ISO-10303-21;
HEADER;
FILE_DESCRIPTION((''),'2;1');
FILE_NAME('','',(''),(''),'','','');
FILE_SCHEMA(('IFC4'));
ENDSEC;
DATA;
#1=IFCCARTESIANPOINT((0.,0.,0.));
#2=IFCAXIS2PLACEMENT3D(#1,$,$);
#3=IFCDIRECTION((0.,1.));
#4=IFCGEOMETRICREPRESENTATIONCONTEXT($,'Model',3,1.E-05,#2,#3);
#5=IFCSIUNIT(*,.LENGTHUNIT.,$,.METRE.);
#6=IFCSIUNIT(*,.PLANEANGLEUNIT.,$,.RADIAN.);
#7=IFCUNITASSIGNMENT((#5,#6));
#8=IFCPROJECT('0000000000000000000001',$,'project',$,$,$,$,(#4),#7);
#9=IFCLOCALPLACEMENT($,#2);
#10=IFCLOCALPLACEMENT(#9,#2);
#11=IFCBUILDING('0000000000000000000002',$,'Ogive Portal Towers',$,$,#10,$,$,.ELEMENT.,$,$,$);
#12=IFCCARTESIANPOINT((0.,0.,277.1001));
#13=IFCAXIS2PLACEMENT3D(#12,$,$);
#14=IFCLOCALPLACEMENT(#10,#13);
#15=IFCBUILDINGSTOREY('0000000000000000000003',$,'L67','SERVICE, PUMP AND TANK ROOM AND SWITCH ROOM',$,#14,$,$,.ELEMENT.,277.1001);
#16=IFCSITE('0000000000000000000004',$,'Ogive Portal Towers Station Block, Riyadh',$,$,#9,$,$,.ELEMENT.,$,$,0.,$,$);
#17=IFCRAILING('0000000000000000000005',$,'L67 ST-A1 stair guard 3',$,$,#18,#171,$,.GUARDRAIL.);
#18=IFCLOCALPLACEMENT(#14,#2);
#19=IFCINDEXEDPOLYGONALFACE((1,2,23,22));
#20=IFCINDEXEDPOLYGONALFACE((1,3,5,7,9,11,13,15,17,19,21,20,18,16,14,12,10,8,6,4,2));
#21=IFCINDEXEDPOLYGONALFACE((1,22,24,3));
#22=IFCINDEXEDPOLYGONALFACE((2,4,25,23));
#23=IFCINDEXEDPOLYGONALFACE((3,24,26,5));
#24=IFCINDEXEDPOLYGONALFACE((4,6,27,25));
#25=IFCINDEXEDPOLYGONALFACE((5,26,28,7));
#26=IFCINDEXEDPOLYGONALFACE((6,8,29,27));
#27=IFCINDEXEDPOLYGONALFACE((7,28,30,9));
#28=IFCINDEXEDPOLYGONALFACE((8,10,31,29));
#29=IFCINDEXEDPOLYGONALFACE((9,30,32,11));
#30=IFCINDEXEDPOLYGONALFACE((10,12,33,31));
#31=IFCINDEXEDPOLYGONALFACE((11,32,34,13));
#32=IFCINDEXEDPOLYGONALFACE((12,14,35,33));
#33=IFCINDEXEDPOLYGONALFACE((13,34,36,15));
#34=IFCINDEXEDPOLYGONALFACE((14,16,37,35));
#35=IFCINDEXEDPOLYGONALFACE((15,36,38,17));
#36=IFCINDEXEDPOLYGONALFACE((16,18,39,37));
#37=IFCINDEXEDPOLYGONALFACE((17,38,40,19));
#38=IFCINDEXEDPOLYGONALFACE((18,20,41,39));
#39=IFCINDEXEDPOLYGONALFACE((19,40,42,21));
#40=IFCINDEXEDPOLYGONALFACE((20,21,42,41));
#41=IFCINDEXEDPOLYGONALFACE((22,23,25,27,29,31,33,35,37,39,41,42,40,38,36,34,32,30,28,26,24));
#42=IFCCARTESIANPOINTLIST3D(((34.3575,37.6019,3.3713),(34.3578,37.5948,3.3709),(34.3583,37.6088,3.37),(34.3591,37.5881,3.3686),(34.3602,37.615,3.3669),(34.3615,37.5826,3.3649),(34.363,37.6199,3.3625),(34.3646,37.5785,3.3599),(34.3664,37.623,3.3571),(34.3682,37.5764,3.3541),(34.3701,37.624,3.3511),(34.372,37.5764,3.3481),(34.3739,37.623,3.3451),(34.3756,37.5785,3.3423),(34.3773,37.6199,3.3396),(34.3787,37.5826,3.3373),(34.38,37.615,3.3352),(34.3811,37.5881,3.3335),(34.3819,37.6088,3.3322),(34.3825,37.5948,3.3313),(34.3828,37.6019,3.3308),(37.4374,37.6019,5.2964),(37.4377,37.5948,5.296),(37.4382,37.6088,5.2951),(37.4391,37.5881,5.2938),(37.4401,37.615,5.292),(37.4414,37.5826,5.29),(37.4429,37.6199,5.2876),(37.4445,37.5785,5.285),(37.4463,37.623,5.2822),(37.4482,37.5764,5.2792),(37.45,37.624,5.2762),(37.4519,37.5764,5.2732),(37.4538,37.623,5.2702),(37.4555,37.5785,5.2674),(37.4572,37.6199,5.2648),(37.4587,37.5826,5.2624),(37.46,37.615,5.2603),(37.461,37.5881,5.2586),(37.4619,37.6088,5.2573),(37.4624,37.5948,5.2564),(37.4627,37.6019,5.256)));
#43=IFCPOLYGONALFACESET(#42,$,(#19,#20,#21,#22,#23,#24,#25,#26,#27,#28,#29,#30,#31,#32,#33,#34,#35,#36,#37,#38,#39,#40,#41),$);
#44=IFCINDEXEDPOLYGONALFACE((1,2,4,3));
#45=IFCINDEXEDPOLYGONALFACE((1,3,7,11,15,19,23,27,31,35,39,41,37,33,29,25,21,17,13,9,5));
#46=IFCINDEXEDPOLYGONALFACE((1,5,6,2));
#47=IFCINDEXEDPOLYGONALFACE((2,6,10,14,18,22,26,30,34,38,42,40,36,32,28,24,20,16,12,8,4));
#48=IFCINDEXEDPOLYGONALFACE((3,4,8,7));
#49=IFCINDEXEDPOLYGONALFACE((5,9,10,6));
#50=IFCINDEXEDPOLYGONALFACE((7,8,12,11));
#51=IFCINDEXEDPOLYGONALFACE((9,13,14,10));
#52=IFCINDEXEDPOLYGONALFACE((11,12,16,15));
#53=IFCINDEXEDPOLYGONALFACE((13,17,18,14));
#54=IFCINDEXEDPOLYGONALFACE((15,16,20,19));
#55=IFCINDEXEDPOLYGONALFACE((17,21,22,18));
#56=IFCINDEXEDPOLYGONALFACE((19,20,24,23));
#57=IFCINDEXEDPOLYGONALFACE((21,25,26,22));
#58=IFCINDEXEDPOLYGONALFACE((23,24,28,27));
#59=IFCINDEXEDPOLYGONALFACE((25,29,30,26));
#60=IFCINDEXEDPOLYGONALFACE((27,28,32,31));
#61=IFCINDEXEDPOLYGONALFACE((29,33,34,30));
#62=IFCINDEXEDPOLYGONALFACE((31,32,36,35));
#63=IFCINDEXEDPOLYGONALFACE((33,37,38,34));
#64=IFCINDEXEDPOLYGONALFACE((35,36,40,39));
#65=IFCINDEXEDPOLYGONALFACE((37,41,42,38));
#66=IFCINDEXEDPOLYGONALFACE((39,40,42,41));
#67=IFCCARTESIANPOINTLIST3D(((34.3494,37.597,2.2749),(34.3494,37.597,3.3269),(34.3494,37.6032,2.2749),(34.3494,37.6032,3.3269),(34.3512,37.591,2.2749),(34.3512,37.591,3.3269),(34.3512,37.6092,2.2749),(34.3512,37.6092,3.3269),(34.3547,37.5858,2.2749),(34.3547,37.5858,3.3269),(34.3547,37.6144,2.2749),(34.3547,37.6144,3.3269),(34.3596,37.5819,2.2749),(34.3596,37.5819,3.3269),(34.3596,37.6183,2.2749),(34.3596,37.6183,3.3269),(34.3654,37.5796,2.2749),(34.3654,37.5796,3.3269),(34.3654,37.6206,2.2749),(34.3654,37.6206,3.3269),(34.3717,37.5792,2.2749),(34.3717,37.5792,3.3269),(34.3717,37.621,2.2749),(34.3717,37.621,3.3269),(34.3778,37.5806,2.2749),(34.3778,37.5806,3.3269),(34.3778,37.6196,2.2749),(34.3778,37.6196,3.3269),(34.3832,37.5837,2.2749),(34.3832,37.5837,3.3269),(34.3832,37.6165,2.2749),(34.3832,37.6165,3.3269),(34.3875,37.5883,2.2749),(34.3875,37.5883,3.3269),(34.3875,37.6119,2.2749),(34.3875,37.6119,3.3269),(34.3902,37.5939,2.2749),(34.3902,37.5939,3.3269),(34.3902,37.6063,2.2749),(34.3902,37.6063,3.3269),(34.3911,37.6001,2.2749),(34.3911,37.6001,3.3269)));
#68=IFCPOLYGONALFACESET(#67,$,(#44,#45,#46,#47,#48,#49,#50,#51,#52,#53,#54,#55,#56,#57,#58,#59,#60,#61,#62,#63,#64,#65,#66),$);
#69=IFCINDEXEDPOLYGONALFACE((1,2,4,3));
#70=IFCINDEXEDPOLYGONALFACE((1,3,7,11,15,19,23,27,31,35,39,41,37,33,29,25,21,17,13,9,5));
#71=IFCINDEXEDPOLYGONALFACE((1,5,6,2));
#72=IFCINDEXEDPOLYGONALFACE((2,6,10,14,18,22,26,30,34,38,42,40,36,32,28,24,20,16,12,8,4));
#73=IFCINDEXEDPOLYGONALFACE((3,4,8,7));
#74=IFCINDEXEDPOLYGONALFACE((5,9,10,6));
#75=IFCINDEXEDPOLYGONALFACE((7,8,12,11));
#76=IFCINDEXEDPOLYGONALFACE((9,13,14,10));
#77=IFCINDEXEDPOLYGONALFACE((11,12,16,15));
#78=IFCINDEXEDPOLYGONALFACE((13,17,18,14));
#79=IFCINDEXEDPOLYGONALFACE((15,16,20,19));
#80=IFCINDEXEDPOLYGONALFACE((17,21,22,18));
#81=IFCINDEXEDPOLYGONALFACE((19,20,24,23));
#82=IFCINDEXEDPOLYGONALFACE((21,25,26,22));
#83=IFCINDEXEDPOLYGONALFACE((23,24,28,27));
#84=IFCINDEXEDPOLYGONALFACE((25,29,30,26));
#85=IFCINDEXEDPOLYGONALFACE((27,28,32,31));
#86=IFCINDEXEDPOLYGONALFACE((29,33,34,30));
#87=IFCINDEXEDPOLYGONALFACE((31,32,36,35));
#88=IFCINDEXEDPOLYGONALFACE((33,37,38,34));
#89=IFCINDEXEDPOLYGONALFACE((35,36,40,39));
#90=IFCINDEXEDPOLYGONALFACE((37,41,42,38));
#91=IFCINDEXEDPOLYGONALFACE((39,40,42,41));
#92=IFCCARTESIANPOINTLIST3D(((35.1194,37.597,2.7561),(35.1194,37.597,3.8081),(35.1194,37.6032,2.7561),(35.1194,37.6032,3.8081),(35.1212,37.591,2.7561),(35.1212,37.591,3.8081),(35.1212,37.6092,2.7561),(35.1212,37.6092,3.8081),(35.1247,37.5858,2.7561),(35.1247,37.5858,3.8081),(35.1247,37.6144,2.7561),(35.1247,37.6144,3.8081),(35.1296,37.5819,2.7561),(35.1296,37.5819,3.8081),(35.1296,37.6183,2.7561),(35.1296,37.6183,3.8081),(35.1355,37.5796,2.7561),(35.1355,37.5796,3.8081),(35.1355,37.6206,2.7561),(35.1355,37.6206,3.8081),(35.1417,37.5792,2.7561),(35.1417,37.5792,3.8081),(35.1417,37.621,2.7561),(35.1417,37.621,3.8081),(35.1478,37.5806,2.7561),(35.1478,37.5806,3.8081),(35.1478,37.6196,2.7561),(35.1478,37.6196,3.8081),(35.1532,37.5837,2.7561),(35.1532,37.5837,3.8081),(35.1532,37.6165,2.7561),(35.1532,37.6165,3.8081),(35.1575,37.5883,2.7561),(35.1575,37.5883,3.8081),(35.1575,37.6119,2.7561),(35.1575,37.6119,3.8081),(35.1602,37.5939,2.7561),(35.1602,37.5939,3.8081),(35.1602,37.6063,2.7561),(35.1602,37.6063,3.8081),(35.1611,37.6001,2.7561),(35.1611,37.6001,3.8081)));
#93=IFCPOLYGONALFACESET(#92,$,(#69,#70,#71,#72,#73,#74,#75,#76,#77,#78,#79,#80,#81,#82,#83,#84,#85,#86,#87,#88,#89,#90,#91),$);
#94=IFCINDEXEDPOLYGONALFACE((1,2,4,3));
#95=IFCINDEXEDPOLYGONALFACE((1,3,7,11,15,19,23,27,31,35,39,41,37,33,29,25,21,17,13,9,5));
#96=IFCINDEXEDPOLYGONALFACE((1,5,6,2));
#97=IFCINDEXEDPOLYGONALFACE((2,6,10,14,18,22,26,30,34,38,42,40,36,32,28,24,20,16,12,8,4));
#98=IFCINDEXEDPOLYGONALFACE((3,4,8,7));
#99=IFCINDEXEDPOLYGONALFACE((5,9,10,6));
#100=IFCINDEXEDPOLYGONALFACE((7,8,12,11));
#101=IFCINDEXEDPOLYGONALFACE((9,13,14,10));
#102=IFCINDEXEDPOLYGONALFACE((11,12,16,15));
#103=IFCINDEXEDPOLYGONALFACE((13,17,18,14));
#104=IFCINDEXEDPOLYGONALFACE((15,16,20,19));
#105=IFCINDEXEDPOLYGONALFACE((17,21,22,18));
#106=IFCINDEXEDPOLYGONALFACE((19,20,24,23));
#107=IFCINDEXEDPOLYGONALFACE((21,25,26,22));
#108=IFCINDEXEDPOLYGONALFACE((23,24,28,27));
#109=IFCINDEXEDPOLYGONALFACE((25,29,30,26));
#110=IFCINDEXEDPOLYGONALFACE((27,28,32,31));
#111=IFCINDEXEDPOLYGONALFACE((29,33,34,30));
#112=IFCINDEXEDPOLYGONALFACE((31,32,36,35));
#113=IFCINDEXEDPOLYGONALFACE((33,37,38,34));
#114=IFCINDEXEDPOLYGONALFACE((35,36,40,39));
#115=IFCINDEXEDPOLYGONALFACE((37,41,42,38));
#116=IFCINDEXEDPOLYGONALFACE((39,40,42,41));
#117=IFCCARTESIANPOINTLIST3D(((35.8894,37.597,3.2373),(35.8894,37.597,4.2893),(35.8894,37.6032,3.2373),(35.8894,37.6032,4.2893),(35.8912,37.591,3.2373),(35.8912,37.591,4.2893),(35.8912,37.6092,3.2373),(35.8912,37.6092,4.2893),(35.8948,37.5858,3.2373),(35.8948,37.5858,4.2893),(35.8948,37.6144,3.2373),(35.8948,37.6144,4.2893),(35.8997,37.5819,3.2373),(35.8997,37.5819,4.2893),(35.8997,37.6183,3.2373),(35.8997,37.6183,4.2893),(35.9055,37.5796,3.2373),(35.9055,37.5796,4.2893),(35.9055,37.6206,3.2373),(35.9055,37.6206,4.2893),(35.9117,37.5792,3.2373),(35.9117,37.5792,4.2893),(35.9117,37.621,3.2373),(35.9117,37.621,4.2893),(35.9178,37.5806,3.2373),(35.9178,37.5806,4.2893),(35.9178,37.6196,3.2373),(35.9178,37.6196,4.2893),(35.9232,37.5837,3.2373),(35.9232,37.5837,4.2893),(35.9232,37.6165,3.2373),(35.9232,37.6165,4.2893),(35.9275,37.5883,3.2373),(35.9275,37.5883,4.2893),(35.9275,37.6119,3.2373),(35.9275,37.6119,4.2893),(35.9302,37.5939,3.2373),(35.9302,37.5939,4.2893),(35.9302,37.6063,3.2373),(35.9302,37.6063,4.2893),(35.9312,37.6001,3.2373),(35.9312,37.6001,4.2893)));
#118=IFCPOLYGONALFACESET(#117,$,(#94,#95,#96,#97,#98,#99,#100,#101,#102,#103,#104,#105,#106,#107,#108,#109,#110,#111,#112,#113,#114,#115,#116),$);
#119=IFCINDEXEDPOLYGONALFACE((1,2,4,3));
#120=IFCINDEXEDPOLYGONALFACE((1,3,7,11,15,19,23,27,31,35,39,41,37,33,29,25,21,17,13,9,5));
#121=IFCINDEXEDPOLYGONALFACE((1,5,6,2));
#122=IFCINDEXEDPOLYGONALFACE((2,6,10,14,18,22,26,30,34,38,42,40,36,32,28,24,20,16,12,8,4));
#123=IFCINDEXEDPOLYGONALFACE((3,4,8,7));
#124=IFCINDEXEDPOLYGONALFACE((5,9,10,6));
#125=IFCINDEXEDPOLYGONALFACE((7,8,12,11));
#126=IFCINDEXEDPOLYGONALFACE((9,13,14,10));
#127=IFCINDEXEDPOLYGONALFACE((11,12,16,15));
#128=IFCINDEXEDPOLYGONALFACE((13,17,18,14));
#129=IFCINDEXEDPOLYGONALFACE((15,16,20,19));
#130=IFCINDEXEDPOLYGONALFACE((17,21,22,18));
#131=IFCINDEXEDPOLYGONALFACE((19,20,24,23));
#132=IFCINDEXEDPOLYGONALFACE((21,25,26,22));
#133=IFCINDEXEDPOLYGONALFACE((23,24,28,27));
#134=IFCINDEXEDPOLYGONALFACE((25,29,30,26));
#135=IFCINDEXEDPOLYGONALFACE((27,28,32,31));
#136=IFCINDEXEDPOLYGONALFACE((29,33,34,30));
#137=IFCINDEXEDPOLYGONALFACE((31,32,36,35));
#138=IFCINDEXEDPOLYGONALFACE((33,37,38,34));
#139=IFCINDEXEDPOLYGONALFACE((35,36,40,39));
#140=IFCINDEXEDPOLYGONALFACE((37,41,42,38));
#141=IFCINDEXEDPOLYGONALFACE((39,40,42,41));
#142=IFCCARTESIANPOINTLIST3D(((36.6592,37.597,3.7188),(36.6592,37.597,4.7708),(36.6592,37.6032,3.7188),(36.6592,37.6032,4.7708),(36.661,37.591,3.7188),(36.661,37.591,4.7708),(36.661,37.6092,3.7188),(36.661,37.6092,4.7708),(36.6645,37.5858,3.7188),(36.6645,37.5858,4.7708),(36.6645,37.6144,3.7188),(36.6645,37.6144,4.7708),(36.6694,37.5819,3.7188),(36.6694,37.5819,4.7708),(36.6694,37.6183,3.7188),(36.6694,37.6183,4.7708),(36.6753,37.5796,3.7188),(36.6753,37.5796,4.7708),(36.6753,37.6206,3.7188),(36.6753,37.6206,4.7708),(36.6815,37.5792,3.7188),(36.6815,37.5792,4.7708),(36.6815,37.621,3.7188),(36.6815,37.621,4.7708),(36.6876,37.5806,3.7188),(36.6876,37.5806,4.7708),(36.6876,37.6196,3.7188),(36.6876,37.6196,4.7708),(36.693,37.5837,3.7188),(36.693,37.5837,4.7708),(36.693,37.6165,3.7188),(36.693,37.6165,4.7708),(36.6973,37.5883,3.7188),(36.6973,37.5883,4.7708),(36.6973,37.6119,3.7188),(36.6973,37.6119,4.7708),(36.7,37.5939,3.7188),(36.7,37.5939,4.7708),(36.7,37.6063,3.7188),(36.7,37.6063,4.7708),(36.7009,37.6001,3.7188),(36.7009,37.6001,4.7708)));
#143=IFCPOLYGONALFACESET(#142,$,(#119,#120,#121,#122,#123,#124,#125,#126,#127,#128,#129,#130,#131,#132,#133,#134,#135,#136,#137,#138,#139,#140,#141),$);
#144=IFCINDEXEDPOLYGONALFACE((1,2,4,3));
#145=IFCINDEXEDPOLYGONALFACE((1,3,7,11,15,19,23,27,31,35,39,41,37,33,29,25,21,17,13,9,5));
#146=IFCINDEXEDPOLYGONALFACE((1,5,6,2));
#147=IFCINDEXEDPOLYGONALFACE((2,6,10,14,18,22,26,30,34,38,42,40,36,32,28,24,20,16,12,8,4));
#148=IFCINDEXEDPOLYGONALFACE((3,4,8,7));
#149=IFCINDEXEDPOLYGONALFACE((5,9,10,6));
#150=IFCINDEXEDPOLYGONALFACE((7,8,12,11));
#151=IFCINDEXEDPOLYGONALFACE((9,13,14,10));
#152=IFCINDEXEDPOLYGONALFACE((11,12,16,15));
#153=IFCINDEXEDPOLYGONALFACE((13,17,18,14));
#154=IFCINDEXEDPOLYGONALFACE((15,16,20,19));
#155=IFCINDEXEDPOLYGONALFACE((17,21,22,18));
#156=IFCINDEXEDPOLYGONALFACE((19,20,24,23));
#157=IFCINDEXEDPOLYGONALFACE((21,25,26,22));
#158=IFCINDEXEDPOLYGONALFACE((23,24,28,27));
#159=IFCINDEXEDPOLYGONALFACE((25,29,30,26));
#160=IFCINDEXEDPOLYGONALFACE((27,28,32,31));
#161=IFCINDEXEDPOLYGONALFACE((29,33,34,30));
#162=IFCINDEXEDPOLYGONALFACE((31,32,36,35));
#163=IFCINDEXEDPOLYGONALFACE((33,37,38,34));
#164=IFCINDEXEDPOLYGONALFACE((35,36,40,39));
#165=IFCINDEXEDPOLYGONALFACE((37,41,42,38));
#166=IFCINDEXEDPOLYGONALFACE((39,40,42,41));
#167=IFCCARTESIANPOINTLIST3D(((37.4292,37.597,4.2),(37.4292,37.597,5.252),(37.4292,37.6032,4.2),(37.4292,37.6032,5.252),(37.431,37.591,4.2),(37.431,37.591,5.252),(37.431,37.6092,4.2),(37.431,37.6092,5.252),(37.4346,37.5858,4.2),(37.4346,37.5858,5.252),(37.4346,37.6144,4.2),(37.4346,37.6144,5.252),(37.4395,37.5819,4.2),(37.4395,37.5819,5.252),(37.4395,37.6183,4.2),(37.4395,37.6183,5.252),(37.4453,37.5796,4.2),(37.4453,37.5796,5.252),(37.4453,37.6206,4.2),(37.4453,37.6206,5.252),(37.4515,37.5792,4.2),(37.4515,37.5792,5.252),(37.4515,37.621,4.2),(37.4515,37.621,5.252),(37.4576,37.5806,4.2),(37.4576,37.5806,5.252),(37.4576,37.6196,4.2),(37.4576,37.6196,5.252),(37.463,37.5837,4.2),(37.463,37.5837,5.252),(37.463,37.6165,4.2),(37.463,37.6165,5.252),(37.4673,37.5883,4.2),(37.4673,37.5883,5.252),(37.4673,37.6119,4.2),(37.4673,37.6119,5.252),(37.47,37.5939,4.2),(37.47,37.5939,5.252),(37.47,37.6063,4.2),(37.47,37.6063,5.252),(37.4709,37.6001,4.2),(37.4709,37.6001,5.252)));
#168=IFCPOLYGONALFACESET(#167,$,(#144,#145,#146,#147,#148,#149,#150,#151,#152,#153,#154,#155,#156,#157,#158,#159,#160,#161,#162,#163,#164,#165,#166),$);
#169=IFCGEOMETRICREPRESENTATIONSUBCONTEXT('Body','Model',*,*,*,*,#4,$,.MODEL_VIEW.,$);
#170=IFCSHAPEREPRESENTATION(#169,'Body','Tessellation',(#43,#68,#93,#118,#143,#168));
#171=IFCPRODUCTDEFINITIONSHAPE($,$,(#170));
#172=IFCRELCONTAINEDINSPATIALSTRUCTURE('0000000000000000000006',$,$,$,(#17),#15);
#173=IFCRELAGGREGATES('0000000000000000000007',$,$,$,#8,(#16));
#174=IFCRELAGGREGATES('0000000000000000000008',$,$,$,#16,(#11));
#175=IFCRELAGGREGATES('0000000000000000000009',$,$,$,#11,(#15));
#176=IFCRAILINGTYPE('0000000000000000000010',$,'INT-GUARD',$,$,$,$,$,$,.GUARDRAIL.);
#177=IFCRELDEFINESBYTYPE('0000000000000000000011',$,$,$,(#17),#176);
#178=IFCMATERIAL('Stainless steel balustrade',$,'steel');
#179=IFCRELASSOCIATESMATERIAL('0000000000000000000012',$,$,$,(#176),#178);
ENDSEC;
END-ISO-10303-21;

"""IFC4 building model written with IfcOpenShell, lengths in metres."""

from ifc_helpers import new_model, si_unit, direction, frame, origin, origin_2d, place, context, subcontext, project, spatial, circle, extrude, material, type_object, element, save


model = new_model("IFC4")

# Units and contexts
model_context = context("Model", 3, precision=1e-05, world=origin(), true_north=direction((0.0, 1.0)))
body_context = subcontext(model_context, "Body", "Model", "MODEL_VIEW")
ifc_project = project(units=[si_unit("LENGTHUNIT", "METRE"), si_unit("PLANEANGLEUNIT", "RADIAN")], contexts=[model_context])

# Site, building, storey
site_placement = place(None, origin())
site = spatial("IfcSite", under=ifc_project, at=site_placement, Name="Ogive Portal Towers Station Block, Riyadh", CompositionType="ELEMENT", RefElevation=0.0)
building_placement = place(site_placement, origin())
building = spatial("IfcBuilding", under=site, at=building_placement, Name="Ogive Portal Towers", CompositionType="ELEMENT")
storey_placement = place(building_placement, frame((0.0, 0.0, 277.1001)))
storey = spatial("IfcBuildingStorey", under=building, at=storey_placement, Name="L67", Description="SERVICE, PUMP AND TANK ROOM AND SWITCH ROOM", CompositionType="ELEMENT", Elevation=277.1001)

# Railing
ifc_material_1 = material(Name="Stainless steel balustrade", Category="steel")
railing_type_1 = type_object("IfcRailingType", Name="INT-GUARD", PredefinedType="GUARDRAIL", material=ifc_material_1)
railing_1_placement = place(storey_placement, frame((34.3701, 37.6001, 2.2749)))
element("IfcRailing", 1, at=railing_1_placement, inside=storey, type_object=railing_type_1, Name="L67 ST-A1 stair guard 3", PredefinedType="GUARDRAIL", context=body_context, shape_type="SweptSolid", body=[
    extrude(circle(Radius=0.0239, at=origin_2d()), frame((0.0, 0.0, 1.0762), z_axis=(0.847979, 0.0, 0.530029), x_axis=(0.0, 1.0, 0.0)), (0.0, 0.0, 1.0), 3.6321),
    extrude(circle(Radius=0.021, at=origin_2d()), origin(), (0.0, 0.0, 1.0), 1.052),
    extrude(circle(Radius=0.021, at=origin_2d()), frame((0.77, 0.0, 0.4812)), (0.0, 0.0, 1.0), 1.052),
    extrude(circle(Radius=0.021, at=origin_2d()), frame((1.54, 0.0, 0.9624)), (0.0, 0.0, 1.0), 1.052),
    extrude(circle(Radius=0.021, at=origin_2d()), frame((2.3098, 0.0, 1.4438)), (0.0, 0.0, 1.0), 1.052),
    extrude(circle(Radius=0.021, at=origin_2d()), frame((3.0798, 0.0, 1.925)), (0.0, 0.0, 1.0), 1.052),
])

save(model, "model.ifc")
